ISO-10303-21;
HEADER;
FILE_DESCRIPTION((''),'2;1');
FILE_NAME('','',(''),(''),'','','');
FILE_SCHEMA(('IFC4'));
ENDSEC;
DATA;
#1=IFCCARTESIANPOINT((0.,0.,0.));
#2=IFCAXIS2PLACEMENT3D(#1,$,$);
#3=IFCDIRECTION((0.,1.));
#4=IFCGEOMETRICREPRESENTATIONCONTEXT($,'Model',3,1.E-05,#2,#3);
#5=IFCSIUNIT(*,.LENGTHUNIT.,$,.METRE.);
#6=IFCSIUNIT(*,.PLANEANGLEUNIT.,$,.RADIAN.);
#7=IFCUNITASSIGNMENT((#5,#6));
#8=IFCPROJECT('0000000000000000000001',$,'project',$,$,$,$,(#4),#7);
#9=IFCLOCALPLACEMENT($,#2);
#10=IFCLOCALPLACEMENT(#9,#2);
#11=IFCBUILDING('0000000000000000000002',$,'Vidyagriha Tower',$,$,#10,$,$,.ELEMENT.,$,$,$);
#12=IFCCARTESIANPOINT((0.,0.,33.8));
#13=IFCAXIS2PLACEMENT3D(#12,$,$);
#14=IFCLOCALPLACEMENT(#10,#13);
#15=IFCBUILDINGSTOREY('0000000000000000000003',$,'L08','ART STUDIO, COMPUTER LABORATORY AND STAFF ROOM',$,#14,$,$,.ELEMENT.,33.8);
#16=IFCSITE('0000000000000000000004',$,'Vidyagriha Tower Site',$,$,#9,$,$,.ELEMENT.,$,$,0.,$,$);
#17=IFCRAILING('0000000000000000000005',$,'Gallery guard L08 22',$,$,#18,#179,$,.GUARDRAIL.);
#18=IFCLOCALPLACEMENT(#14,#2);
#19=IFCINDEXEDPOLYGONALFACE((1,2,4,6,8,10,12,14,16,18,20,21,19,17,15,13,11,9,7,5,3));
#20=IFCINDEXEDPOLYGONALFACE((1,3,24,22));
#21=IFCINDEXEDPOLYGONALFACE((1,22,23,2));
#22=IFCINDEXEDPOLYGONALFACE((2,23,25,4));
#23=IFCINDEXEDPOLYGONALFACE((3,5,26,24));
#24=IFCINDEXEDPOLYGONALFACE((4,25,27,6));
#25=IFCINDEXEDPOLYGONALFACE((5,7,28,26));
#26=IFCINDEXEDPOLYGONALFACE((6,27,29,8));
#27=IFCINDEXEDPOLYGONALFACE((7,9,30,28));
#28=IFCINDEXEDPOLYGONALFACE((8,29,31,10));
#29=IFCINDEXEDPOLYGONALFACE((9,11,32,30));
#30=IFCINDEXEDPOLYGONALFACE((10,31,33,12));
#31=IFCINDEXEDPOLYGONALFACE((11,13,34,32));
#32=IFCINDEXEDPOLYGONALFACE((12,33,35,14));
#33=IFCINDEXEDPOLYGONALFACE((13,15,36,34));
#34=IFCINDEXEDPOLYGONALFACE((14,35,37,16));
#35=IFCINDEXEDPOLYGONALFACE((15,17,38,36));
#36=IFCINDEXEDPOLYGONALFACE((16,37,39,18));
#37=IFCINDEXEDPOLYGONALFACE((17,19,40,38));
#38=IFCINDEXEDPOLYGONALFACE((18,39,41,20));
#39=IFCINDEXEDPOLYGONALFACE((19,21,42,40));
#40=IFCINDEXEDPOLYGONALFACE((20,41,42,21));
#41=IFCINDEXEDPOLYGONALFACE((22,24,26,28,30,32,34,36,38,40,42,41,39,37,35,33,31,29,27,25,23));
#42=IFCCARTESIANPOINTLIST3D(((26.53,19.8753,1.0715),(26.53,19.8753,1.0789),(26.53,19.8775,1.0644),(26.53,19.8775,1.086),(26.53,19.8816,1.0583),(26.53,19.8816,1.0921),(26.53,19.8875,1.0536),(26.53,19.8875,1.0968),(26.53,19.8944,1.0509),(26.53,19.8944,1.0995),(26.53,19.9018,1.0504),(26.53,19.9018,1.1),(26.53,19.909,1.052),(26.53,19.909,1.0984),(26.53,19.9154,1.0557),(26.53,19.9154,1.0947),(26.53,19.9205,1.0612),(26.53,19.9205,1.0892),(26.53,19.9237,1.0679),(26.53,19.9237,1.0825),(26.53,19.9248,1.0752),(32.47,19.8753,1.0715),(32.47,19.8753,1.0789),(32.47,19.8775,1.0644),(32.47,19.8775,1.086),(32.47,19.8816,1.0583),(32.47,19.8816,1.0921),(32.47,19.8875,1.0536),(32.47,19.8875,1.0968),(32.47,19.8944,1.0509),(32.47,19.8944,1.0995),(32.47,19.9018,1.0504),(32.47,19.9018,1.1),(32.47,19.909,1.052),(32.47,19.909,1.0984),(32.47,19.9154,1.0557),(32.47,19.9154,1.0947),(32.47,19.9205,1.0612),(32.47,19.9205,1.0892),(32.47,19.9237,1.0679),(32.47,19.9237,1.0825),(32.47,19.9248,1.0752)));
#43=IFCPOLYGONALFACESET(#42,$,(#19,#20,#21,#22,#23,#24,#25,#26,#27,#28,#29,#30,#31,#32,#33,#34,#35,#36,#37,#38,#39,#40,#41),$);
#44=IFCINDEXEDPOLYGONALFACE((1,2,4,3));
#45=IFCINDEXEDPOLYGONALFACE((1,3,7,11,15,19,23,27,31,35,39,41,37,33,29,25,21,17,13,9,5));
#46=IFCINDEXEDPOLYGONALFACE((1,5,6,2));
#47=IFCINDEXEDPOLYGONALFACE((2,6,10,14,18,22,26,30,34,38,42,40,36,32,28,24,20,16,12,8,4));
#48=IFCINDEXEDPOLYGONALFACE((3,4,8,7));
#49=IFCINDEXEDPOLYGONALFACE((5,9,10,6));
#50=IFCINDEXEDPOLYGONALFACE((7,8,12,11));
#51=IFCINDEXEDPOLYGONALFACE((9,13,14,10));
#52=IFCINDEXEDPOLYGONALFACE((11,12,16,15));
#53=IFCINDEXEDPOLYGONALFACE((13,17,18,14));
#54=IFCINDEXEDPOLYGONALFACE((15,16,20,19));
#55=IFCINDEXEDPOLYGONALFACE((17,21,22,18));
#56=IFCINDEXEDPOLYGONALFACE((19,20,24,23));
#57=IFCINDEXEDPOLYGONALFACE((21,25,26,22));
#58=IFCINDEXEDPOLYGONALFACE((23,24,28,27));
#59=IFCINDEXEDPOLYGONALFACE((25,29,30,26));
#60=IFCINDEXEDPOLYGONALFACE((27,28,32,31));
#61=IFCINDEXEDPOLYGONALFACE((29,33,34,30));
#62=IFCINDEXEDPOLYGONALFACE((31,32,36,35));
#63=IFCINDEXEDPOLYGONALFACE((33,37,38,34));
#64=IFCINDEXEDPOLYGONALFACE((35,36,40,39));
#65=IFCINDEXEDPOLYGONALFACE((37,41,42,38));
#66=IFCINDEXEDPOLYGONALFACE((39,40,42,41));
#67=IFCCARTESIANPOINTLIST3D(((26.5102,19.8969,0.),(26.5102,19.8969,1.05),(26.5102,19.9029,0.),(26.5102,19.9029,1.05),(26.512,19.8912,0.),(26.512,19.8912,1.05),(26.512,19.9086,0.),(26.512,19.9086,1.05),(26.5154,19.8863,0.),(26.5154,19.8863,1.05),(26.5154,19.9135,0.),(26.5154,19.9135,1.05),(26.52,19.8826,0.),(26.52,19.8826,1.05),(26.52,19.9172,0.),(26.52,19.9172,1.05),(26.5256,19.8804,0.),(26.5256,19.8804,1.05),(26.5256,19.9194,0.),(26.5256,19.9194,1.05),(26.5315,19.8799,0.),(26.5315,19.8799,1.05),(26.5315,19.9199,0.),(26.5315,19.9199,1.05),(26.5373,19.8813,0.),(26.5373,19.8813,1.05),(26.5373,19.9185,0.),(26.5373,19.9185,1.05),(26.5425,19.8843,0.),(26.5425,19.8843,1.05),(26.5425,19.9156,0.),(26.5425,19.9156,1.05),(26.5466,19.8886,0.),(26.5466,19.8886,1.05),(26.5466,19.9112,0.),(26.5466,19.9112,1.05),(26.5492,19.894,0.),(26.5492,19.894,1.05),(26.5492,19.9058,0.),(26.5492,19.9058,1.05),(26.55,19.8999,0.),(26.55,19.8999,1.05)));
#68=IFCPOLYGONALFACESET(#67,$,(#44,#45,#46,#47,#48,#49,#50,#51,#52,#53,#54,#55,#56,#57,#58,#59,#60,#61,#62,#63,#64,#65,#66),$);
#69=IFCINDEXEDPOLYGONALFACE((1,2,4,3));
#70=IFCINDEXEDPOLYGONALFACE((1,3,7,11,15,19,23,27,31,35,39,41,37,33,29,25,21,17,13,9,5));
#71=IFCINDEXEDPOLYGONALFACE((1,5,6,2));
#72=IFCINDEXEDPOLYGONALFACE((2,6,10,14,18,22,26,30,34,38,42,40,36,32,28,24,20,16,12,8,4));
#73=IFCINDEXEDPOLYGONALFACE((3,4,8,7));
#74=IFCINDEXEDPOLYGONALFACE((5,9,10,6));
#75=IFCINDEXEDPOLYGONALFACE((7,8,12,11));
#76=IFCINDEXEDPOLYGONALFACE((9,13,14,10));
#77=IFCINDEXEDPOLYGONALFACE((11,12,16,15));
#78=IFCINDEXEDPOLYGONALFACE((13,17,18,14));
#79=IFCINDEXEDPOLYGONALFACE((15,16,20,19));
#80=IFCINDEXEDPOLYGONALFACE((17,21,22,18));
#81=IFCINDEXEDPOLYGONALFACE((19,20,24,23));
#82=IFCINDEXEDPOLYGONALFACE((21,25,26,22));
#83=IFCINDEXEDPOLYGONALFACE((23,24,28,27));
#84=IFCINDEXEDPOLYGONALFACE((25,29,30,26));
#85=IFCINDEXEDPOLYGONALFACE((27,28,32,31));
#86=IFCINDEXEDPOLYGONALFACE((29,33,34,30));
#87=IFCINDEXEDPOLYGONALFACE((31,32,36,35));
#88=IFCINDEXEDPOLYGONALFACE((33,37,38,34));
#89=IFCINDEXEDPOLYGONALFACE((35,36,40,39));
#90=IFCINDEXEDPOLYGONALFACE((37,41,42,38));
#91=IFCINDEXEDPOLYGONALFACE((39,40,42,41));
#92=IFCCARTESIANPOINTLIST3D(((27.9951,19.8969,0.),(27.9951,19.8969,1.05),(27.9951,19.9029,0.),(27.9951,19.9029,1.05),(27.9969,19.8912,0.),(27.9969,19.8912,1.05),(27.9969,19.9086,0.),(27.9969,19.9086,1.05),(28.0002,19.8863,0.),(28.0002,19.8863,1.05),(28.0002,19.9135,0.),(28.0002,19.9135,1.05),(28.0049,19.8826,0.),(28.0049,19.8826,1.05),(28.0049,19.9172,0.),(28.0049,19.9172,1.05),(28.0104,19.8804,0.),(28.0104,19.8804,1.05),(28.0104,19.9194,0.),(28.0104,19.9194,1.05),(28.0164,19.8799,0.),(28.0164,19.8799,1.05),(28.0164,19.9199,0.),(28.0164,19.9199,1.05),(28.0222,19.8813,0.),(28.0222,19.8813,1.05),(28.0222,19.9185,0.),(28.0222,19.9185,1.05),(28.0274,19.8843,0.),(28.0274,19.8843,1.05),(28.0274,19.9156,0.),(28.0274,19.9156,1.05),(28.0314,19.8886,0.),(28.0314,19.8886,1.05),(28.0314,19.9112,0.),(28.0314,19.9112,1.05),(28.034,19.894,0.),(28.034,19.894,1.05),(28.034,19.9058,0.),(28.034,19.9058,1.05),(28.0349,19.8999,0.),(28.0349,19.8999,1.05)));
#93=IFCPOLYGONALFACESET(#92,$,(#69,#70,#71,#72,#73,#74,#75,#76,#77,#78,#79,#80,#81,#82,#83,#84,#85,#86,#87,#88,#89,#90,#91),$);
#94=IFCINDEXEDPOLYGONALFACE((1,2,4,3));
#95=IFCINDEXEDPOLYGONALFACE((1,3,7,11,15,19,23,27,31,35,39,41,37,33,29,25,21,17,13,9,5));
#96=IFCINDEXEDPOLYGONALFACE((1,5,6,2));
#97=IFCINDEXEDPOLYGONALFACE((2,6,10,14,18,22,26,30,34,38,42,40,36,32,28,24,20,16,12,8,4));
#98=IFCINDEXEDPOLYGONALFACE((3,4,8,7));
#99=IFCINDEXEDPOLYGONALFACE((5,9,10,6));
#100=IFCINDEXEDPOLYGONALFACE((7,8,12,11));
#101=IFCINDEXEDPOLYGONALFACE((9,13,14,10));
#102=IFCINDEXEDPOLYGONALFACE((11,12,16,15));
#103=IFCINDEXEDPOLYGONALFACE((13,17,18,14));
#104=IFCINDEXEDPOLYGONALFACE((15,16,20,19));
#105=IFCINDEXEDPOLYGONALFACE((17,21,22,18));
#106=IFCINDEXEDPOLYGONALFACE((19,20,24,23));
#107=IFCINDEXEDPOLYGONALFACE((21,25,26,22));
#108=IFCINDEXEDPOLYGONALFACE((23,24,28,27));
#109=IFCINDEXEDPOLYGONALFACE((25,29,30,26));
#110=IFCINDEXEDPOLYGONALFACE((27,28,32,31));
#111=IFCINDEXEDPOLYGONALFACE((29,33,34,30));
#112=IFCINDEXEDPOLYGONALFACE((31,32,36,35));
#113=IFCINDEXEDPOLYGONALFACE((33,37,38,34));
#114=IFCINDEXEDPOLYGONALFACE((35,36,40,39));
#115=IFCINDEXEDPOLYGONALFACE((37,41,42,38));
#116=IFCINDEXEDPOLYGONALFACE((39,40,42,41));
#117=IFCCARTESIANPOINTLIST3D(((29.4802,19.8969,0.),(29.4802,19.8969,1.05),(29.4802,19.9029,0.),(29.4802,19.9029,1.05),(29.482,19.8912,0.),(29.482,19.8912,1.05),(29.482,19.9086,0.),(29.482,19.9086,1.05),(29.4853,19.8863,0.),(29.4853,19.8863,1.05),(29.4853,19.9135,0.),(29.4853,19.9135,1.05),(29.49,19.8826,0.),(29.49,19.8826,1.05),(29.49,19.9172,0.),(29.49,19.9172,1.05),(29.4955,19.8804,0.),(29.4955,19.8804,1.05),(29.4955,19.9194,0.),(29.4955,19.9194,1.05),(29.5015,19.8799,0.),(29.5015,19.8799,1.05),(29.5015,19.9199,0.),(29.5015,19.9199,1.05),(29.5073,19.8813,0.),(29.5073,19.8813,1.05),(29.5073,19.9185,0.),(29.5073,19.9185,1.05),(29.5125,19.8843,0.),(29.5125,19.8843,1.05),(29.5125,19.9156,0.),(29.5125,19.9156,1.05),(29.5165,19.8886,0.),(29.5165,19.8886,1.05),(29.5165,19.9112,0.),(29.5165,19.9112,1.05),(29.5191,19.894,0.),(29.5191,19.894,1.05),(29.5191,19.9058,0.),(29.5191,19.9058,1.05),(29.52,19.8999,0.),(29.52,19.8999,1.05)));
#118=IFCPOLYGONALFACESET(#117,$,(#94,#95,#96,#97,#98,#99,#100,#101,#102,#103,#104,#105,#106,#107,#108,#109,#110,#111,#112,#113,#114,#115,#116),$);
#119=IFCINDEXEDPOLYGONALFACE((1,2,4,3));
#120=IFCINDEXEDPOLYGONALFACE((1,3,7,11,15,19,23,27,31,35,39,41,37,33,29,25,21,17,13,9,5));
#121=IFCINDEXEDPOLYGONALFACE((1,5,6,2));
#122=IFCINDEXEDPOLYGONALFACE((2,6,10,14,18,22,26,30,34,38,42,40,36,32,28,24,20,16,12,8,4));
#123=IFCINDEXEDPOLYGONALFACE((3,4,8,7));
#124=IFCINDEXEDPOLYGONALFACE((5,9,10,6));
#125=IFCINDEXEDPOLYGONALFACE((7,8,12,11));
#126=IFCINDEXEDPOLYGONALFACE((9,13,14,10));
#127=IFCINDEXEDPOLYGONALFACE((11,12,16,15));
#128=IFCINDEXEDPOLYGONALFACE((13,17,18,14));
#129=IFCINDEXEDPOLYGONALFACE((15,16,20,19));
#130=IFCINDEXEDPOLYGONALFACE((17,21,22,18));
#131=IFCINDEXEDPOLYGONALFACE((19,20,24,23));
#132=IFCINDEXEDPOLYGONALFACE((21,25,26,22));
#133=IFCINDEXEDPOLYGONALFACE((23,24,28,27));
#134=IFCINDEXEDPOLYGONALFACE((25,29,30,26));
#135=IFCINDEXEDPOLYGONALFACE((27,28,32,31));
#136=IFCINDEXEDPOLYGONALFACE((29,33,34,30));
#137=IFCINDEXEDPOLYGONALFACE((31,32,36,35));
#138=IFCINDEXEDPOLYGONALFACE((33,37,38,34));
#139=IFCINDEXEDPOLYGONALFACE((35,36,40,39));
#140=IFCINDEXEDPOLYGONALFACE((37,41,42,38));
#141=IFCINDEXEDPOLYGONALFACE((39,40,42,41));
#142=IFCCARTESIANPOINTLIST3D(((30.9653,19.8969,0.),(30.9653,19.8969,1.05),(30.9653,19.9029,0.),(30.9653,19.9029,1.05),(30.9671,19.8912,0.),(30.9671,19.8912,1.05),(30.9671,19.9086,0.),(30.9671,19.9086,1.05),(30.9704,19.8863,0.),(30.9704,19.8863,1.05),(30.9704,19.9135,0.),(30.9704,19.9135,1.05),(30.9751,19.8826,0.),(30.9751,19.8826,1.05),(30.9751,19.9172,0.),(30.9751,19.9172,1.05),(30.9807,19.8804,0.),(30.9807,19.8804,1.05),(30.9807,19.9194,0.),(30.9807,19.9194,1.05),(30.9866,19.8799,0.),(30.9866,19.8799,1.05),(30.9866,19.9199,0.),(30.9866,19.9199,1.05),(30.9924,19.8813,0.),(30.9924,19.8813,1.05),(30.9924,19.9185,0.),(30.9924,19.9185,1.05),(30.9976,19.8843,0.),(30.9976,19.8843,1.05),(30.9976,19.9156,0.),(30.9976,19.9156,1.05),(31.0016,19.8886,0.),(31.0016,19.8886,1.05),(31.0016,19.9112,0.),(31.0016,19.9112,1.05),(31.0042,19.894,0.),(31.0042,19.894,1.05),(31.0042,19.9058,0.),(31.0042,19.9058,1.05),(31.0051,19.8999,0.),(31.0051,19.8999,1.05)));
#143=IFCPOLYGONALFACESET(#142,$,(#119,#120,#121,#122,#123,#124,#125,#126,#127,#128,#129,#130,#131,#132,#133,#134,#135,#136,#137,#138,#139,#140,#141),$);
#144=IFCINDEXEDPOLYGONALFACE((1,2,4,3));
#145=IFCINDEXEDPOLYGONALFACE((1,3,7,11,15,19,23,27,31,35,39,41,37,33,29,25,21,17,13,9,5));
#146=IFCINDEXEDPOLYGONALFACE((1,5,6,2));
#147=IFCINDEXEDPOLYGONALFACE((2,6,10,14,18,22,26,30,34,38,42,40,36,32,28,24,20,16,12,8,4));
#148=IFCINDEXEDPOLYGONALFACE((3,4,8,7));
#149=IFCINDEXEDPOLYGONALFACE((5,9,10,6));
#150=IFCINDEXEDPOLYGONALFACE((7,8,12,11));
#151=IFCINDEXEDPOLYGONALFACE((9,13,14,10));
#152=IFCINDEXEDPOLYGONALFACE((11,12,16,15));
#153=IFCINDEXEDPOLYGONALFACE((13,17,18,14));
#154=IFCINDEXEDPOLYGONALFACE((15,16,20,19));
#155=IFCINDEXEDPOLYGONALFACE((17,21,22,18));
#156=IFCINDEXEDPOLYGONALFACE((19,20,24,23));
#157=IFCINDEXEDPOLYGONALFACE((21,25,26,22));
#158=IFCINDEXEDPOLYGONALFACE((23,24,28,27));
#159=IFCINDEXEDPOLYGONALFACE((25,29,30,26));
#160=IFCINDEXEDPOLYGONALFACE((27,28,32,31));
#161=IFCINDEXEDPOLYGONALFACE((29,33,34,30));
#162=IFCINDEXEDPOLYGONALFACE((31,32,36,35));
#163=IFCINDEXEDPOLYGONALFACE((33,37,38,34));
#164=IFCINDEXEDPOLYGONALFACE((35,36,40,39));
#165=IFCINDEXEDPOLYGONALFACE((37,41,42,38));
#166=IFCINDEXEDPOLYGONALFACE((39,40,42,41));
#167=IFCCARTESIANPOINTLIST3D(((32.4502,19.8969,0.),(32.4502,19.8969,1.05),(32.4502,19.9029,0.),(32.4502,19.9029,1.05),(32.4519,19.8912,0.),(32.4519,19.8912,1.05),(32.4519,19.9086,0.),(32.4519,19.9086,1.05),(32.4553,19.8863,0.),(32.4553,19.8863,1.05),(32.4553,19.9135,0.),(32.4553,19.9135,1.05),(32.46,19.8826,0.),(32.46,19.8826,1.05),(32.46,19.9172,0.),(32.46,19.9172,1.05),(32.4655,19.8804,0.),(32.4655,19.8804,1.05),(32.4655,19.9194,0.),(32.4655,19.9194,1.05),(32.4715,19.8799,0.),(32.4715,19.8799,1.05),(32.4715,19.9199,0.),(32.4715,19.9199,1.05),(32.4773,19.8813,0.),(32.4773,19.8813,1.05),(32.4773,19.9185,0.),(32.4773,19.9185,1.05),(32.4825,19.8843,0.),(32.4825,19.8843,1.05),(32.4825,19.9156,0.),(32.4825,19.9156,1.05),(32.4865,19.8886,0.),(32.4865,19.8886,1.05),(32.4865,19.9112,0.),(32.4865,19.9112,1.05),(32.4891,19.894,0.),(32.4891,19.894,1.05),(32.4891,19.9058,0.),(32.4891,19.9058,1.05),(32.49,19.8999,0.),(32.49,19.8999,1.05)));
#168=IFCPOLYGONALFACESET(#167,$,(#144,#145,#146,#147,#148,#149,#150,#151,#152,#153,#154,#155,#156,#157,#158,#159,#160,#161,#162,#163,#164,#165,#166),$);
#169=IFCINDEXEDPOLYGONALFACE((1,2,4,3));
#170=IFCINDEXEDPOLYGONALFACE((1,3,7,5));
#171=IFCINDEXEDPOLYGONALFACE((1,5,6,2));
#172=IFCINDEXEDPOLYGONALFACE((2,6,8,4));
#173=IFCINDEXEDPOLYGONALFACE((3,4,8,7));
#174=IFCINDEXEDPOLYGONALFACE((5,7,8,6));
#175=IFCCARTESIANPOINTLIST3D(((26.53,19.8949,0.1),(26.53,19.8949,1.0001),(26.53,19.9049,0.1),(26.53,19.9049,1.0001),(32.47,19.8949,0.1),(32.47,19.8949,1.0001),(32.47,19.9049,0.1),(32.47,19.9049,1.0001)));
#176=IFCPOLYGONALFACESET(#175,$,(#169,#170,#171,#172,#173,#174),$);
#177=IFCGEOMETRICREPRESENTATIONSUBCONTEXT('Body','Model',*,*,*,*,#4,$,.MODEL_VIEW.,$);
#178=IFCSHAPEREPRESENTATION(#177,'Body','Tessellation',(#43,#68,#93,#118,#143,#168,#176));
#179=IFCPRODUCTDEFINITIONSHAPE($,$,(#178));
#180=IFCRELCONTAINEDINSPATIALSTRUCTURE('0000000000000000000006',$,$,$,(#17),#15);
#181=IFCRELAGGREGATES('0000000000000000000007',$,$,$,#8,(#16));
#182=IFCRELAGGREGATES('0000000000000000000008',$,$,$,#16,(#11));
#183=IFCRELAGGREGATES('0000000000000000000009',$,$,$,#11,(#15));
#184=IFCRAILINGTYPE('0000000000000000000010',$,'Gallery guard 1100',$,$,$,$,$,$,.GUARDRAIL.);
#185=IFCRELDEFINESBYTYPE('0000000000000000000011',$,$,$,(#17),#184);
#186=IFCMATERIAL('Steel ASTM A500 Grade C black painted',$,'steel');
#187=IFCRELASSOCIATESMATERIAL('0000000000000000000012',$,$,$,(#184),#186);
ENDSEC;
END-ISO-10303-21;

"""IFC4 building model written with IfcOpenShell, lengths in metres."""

from ifc_helpers import new_model, si_unit, direction, frame, origin, origin_2d, place, context, subcontext, project, spatial, rectangle, circle, extrude, material, type_object, element, save


model = new_model("IFC4")

# Units and contexts
model_context = context("Model", 3, precision=1e-05, world=origin(), true_north=direction((0.0, 1.0)))
body_context = subcontext(model_context, "Body", "Model", "MODEL_VIEW")
ifc_project = project(units=[si_unit("LENGTHUNIT", "METRE"), si_unit("PLANEANGLEUNIT", "RADIAN")], contexts=[model_context])

# Site, building, storey
site_placement = place(None, origin())
site = spatial("IfcSite", under=ifc_project, at=site_placement, Name="Vidyagriha Tower Site", CompositionType="ELEMENT", RefElevation=0.0)
building_placement = place(site_placement, origin())
building = spatial("IfcBuilding", under=site, at=building_placement, Name="Vidyagriha Tower", CompositionType="ELEMENT")
storey_placement = place(building_placement, frame((0.0, 0.0, 33.8)))
storey = spatial("IfcBuildingStorey", under=building, at=storey_placement, Name="L08", Description="ART STUDIO, COMPUTER LABORATORY AND STAFF ROOM", CompositionType="ELEMENT", Elevation=33.8)

# Railing
ifc_material_1 = material(Name="Steel ASTM A500 Grade C black painted", Category="steel")
railing_type = type_object("IfcRailingType", Name="Gallery guard 1100", PredefinedType="GUARDRAIL", material=ifc_material_1)
railing_1_placement = place(storey_placement, frame((26.53, 19.8999, 0.0)))
element("IfcRailing", 1, at=railing_1_placement, inside=storey, type_object=railing_type, Name="Gallery guard L08 22", PredefinedType="GUARDRAIL", context=body_context, shape_type="SweptSolid", body=[
    extrude(circle(Radius=0.0249, at=origin_2d()), frame((0.0, 0.0, 1.0752), z_axis=(1.0, 0.0, 0.0), x_axis=(0.0, 1.0, 0.0)), (0.0, 0.0, 1.0), 5.9399),
    extrude(circle(Radius=0.02, at=origin_2d()), origin(), (0.0, 0.0, 1.0), 1.05),
    extrude(circle(Radius=0.02, at=origin_2d()), frame((1.4849, 0.0, 0.0)), (0.0, 0.0, 1.0), 1.05),
    extrude(circle(Radius=0.02, at=origin_2d()), frame((2.97, 0.0, 0.0)), (0.0, 0.0, 1.0), 1.05),
    extrude(circle(Radius=0.02, at=origin_2d()), frame((4.4551, 0.0, 0.0)), (0.0, 0.0, 1.0), 1.05),
    extrude(circle(Radius=0.02, at=origin_2d()), frame((5.9399, 0.0, 0.0)), (0.0, 0.0, 1.0), 1.05),
    extrude(rectangle(XDim=0.01, YDim=0.9001, at=origin_2d()), frame((0.0, 0.0, 0.55), z_axis=(1.0, 0.0, 0.0), x_axis=(0.0, 1.0, 0.0)), (0.0, 0.0, 1.0), 5.9399),
])

save(model, "model.ifc")
